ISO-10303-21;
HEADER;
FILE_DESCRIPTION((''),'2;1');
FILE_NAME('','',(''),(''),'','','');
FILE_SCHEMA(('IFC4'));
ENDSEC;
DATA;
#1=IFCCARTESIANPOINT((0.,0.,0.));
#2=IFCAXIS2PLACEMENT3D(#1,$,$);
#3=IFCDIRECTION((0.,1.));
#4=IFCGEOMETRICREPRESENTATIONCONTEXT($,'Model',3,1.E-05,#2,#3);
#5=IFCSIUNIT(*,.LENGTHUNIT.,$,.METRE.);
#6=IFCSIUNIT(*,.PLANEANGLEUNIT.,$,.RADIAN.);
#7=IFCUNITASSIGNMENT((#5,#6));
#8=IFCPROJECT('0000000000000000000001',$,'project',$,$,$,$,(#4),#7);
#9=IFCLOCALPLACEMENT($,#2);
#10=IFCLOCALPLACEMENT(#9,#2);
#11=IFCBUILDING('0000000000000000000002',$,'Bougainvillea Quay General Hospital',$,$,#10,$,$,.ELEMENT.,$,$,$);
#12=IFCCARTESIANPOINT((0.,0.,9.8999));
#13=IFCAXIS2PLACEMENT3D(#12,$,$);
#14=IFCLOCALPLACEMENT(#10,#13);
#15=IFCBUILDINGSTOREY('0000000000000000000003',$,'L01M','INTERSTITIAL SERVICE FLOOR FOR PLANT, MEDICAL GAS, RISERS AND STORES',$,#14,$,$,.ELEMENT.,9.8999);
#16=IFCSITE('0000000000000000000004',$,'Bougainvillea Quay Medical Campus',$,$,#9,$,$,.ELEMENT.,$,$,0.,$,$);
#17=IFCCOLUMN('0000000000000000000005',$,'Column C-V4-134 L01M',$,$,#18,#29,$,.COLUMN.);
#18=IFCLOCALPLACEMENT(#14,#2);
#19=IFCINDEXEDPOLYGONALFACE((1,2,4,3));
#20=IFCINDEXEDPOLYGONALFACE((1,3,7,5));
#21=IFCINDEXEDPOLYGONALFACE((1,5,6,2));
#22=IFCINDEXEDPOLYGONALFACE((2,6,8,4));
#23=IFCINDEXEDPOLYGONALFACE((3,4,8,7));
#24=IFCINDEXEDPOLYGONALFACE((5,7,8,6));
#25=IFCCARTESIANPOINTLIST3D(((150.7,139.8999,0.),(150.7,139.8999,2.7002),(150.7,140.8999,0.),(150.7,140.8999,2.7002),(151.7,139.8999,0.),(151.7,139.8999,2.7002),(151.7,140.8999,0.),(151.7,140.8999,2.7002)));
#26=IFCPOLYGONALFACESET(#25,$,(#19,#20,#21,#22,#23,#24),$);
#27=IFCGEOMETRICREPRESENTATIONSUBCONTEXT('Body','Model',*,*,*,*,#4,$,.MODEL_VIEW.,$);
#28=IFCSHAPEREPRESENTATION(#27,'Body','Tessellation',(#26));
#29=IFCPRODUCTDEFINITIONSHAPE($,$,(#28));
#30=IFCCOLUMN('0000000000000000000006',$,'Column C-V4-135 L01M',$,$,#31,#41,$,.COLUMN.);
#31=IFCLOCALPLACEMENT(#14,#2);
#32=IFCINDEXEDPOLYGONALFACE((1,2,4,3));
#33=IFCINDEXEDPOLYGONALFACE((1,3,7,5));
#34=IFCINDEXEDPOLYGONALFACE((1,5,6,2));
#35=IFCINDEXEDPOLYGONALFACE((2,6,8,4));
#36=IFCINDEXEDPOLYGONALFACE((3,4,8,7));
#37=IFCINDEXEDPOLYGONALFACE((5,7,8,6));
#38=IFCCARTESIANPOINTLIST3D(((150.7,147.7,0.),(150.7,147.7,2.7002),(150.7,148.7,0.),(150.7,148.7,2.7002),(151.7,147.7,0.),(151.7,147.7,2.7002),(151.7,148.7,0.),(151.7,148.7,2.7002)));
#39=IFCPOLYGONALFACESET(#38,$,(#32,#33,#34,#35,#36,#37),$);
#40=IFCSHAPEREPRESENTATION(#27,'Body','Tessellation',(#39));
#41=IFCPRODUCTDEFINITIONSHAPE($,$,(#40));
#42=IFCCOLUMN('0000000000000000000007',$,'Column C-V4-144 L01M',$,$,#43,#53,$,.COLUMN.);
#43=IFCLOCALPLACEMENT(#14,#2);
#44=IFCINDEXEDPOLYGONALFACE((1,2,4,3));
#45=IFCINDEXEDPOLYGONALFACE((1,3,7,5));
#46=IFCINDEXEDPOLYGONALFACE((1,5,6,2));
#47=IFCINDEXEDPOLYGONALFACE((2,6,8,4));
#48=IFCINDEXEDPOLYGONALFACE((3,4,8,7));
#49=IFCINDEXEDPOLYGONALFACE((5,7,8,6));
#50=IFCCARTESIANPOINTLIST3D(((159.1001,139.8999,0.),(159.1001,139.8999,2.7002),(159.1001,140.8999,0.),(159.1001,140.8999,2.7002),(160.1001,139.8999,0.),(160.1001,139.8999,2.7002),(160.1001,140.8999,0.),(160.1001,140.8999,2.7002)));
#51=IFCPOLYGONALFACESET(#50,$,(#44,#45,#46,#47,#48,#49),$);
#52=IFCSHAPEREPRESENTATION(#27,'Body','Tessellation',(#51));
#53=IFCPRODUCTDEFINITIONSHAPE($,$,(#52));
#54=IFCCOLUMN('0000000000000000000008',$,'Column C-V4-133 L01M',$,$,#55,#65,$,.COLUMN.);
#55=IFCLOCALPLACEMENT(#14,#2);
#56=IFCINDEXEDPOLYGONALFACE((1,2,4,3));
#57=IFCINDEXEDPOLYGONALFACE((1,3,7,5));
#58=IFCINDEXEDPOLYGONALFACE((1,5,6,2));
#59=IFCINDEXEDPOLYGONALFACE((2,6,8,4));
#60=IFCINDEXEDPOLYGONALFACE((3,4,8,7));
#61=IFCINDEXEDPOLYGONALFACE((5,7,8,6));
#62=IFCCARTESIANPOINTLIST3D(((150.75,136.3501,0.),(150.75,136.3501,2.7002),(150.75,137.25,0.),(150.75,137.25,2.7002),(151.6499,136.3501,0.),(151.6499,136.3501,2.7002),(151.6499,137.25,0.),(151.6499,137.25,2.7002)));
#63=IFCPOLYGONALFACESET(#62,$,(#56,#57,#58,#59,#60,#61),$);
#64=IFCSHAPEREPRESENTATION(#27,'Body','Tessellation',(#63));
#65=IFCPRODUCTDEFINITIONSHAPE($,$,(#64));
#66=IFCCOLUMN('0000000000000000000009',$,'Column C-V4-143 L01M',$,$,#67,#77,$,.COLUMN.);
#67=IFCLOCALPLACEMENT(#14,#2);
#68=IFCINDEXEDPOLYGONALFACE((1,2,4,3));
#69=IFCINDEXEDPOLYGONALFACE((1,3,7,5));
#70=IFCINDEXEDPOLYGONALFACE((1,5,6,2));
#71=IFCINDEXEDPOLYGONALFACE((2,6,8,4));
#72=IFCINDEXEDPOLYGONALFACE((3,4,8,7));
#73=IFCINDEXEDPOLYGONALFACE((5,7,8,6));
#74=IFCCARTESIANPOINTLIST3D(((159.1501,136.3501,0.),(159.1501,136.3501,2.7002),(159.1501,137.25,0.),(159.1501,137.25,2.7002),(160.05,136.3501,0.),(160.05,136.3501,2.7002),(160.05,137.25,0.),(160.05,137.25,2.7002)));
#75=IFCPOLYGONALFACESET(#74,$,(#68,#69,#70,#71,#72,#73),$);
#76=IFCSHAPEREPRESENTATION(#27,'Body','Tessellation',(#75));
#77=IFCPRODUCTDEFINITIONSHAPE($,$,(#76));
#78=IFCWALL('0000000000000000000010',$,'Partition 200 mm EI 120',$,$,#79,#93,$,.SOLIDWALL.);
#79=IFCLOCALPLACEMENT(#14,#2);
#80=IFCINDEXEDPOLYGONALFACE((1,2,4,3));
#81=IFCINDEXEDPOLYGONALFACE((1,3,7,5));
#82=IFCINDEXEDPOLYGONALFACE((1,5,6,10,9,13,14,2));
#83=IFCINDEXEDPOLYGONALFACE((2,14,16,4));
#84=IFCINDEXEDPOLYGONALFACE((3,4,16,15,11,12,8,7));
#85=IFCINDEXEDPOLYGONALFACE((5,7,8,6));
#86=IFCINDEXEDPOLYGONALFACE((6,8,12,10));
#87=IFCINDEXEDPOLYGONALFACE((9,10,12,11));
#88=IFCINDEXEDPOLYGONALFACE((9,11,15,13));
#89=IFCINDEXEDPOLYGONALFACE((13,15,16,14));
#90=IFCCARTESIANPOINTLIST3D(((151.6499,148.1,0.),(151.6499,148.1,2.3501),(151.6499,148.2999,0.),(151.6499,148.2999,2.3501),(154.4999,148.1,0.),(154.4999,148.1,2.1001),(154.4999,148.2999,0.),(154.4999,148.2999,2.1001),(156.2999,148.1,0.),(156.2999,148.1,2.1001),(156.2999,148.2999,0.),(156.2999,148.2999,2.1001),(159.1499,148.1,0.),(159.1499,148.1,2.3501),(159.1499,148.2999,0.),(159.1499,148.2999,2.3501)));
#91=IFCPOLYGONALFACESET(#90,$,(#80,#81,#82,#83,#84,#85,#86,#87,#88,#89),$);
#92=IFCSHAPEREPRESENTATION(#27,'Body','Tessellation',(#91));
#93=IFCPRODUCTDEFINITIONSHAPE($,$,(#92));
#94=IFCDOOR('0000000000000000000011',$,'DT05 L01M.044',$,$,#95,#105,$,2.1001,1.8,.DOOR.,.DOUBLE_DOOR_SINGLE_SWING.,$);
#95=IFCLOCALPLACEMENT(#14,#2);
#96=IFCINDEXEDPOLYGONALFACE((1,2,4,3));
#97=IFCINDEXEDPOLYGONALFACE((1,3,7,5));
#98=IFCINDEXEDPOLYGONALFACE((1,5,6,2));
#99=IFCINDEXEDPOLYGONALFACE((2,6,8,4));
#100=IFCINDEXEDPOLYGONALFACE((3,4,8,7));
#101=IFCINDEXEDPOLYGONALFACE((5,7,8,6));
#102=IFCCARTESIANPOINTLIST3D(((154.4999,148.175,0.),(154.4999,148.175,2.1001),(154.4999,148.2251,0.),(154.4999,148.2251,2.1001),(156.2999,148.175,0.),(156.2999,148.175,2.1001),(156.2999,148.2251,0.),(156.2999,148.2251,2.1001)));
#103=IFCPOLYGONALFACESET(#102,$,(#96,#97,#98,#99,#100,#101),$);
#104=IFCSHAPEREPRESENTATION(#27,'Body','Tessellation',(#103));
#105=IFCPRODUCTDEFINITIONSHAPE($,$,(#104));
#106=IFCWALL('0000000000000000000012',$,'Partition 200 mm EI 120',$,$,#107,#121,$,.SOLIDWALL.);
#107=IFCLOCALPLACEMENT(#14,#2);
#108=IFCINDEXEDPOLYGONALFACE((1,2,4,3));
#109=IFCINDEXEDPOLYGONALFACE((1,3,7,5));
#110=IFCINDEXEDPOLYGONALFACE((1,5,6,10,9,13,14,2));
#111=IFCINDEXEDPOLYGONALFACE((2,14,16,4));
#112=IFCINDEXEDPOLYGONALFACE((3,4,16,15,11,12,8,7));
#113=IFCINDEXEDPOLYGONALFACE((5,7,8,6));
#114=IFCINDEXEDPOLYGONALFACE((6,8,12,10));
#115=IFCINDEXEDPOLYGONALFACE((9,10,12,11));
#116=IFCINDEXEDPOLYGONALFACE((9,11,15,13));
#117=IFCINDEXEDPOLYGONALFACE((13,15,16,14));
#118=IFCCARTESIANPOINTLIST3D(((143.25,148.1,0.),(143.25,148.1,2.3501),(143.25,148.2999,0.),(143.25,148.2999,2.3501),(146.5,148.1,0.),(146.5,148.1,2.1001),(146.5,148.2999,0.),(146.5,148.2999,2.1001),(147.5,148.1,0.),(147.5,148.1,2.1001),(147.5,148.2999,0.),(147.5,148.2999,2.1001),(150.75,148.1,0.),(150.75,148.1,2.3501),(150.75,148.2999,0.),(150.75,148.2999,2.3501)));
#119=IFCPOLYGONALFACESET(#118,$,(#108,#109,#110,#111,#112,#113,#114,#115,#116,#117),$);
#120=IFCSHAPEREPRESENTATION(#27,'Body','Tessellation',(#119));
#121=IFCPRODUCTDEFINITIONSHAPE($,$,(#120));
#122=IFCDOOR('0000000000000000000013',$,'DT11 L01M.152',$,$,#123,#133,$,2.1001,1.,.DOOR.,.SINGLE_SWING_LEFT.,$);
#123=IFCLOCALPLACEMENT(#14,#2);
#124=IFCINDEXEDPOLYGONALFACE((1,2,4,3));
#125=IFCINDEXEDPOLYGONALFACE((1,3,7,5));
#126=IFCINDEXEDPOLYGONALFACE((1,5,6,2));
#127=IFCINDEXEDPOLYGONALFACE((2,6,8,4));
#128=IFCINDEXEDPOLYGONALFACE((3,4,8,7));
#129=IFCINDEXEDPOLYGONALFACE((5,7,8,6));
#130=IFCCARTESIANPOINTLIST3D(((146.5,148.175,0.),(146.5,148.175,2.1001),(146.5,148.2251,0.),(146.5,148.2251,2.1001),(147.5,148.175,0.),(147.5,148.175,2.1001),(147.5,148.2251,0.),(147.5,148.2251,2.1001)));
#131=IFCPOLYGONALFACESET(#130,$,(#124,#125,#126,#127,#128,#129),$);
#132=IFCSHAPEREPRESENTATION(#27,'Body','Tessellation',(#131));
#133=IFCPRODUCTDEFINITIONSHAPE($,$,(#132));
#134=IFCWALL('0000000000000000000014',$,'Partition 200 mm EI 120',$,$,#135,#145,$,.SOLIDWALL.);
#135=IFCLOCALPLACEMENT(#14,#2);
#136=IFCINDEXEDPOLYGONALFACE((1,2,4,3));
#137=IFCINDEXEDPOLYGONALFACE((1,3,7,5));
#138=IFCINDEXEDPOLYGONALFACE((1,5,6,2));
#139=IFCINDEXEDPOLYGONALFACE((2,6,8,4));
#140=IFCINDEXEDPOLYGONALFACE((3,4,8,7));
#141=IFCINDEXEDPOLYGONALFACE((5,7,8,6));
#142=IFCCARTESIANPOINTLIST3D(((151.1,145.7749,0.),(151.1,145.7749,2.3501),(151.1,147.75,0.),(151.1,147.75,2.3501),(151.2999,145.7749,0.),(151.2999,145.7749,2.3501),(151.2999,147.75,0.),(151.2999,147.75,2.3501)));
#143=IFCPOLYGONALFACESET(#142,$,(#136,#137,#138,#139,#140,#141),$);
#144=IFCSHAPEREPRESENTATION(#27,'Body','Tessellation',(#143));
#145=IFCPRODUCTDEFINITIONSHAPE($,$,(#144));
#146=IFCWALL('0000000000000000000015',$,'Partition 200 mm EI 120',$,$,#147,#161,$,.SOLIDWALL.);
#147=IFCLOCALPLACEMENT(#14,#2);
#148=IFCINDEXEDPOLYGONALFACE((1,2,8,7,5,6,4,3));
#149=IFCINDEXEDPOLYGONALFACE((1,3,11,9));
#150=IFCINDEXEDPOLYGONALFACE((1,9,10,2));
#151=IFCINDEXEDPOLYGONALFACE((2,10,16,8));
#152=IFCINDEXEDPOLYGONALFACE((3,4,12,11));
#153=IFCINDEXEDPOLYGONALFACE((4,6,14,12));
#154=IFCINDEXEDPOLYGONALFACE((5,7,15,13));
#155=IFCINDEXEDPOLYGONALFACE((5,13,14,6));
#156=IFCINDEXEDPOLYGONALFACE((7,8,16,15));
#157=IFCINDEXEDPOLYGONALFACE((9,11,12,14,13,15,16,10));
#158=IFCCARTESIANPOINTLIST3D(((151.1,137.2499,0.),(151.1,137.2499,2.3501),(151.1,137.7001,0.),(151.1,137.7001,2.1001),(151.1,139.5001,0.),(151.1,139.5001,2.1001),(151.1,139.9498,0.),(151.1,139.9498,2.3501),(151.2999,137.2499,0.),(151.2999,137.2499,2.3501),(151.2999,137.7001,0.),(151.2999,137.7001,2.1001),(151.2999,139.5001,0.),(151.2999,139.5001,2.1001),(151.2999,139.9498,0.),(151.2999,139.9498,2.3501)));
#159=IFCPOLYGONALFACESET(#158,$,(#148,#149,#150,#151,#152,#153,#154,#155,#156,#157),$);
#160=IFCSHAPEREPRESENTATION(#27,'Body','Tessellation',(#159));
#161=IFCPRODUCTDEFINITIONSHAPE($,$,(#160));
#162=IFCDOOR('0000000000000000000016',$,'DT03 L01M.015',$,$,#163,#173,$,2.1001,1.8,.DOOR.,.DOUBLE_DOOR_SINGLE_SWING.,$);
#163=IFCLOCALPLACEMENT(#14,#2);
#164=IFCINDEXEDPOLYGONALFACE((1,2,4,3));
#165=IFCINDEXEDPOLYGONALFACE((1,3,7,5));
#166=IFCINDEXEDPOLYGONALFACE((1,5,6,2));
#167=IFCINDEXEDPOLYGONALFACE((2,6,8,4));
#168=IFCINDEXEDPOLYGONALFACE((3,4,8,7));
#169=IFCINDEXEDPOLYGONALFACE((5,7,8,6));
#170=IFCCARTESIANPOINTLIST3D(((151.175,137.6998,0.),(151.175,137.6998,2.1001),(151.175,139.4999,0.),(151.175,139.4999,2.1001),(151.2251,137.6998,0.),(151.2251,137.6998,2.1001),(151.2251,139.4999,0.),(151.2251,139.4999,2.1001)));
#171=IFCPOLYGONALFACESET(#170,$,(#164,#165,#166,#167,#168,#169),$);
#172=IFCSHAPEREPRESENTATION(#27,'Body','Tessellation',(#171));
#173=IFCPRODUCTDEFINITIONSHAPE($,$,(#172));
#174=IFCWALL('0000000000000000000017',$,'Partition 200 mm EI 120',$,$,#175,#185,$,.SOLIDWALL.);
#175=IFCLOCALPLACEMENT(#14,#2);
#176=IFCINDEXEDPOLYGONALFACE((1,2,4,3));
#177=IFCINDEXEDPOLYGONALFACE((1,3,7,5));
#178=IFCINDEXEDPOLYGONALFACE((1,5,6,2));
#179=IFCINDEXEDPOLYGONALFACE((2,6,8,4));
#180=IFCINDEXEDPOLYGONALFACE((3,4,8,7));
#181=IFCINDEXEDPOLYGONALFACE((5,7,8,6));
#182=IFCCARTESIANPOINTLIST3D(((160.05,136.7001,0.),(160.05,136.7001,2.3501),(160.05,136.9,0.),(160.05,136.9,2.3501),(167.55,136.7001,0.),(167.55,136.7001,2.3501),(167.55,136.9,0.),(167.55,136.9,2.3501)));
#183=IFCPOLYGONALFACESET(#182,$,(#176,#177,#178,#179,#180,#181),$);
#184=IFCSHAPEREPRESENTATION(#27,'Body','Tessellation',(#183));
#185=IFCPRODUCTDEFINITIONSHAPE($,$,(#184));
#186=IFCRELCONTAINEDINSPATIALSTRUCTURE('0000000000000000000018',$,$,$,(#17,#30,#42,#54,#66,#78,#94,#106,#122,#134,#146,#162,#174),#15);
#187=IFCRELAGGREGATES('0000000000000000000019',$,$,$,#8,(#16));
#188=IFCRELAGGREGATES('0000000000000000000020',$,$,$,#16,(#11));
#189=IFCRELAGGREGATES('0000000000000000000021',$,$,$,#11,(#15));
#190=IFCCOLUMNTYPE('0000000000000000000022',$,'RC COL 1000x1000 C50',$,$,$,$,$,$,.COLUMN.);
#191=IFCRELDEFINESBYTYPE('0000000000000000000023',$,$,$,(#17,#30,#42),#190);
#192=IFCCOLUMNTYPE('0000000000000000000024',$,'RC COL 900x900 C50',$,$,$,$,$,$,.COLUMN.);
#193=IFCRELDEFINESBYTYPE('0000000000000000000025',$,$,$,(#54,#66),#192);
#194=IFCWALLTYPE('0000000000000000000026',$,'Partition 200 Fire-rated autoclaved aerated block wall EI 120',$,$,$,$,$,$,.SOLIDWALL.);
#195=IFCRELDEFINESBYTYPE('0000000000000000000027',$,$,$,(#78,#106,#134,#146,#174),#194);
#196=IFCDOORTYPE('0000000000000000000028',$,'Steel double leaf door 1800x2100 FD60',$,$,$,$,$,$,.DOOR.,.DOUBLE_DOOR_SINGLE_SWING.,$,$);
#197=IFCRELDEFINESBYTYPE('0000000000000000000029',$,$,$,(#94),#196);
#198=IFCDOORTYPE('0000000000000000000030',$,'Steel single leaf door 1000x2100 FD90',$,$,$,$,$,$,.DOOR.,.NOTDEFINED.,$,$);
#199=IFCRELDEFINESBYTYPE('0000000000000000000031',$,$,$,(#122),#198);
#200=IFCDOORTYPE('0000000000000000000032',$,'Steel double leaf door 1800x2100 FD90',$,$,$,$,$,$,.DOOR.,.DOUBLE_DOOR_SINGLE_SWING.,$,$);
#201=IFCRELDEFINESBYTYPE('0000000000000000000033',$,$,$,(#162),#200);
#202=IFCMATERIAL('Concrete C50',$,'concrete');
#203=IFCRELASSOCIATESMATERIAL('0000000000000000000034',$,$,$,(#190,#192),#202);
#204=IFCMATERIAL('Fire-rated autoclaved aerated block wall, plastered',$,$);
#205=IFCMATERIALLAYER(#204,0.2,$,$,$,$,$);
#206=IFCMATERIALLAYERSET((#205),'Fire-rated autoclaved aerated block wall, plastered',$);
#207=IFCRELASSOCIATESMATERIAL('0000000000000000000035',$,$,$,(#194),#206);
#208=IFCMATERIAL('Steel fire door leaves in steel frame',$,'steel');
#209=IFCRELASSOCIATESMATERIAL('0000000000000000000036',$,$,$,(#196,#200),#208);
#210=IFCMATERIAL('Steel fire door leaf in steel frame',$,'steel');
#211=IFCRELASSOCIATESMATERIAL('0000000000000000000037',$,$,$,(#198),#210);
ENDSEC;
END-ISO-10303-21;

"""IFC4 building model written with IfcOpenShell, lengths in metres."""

from ifc_helpers import new_model, si_unit, direction, frame, frame_2d, origin, origin_2d, place, context, subcontext, project, spatial, rectangle, extrude, material, layer, layer_set, material_profile, profile_set, type_object, element, fill, save


model = new_model("IFC4")

# Units and contexts
model_context = context("Model", 3, precision=1e-05, world=origin(), true_north=direction((0.0, 1.0)))
body_context = subcontext(model_context, "Body", "Model", "MODEL_VIEW")
ifc_project = project(units=[si_unit("LENGTHUNIT", "METRE"), si_unit("PLANEANGLEUNIT", "RADIAN")], contexts=[model_context])

# Site, building, storey
site_placement = place(None, origin())
site = spatial("IfcSite", under=ifc_project, at=site_placement, Name="Bougainvillea Quay Medical Campus", CompositionType="ELEMENT", RefElevation=0.0)
building_placement = place(site_placement, origin())
building = spatial("IfcBuilding", under=site, at=building_placement, Name="Bougainvillea Quay General Hospital", CompositionType="ELEMENT")
storey_placement = place(building_placement, frame((0.0, 0.0, 9.8999)))
storey = spatial("IfcBuildingStorey", under=building, at=storey_placement, Name="L01M", Description="INTERSTITIAL SERVICE FLOOR FOR PLANT, MEDICAL GAS, RISERS AND STORES", CompositionType="ELEMENT", Elevation=9.8999)

# Columns
ifc_material_1 = material(Name="Concrete C50", Category="concrete")
ifc_material_profile_1 = material_profile(ifc_material_1, rectangle(XDim=1.0, YDim=1.0, at=origin_2d()))
ifc_profile_set_1 = profile_set([ifc_material_profile_1], Name="Concrete C50")
column_type_1 = type_object("IfcColumnType", Name="RC COL 1000x1000 C50", PredefinedType="COLUMN", material=ifc_profile_set_1)
for number, where, z_axis, x_axis, name in (
    (1, (151.2, 140.3999, 0.0), (0.0, 0.0, 1.0), (1.0, 0.0, 0.0), "Column C-V4-134 L01M"),
    (2, (151.2, 148.2, 0.0), (0.0, 0.0, 1.0), (1.0, 0.0, 0.0), "Column C-V4-135 L01M"),
    (3, (159.6001, 140.3999, 0.0), (0.0, 0.0, 1.0), (1.0, 0.0, 0.0), "Column C-V4-144 L01M"),
):
    element("IfcColumn", number, at=place(storey_placement, frame(where, z_axis=z_axis, x_axis=x_axis)), inside=storey, type_object=column_type_1, Name=name, PredefinedType="COLUMN", context=body_context, shape_type="SweptSolid", body=[
        extrude(rectangle(XDim=1.0, YDim=1.0, at=origin_2d()), origin(), (0.0, 0.0, 1.0), 2.7002),
    ])
ifc_material_profile_2 = material_profile(ifc_material_1, rectangle(XDim=0.8999, YDim=0.8999, at=origin_2d()))
ifc_profile_set_2 = profile_set([ifc_material_profile_2], Name="Concrete C50")
column_type_2 = type_object("IfcColumnType", Name="RC COL 900x900 C50", PredefinedType="COLUMN", material=ifc_profile_set_2)
for number, where, z_axis, x_axis, name in (
    (4, (151.2, 136.8, 0.0), (0.0, 0.0, 1.0), (1.0, 0.0, 0.0), "Column C-V4-133 L01M"),
    (5, (159.6001, 136.8, 0.0), (0.0, 0.0, 1.0), (1.0, 0.0, 0.0), "Column C-V4-143 L01M"),
):
    element("IfcColumn", number, at=place(storey_placement, frame(where, z_axis=z_axis, x_axis=x_axis)), inside=storey, type_object=column_type_2, Name=name, PredefinedType="COLUMN", context=body_context, shape_type="SweptSolid", body=[
        extrude(rectangle(XDim=0.8999, YDim=0.8999, at=origin_2d()), origin(), (0.0, 0.0, 1.0), 2.7002),
    ])

# Walls, openings, doors
ifc_material_2 = material(Name="Fire-rated autoclaved aerated block wall, plastered")
ifc_layer_1 = layer(ifc_material_2, 0.2)
ifc_layer_set_1 = layer_set([ifc_layer_1], Name="Fire-rated autoclaved aerated block wall, plastered")
wall_type_1 = type_object("IfcWallType", Name="Partition 200 Fire-rated autoclaved aerated block wall EI 120", PredefinedType="SOLIDWALL", material=ifc_layer_set_1)
wall_1_placement = place(storey_placement, frame((159.1499, 148.2, 0.0), z_axis=(0.0, 0.0, 1.0), x_axis=(-1.0, 0.0, 0.0)))
wall_1 = element("IfcWall", 6, at=wall_1_placement, inside=storey, type_object=wall_type_1, Name="Partition 200 mm EI 120", PredefinedType="SOLIDWALL", context=body_context, shape_type="SweptSolid", body=[
    extrude(rectangle(XDim=7.5, YDim=0.2, at=frame_2d((3.75, 0.0))), origin(), (0.0, 0.0, 1.0), 2.3501),
])
opening_1_placement = place(wall_1_placement, frame((2.8501, 0.0, 0.0)))
opening_1 = element("IfcOpeningElement", 7, at=opening_1_placement, cuts=wall_1, PredefinedType="OPENING", context=body_context, shape_type="SweptSolid", body=[
    extrude(rectangle(XDim=1.8, YDim=2.1001, at=frame_2d((0.8999, 1.05))), frame((0.0, 0.1099, 0.0), z_axis=(0.0, -1.0, 0.0), x_axis=(1.0, 0.0, 0.0)), (0.0, 0.0, 1.0), 0.22),
])
ifc_material_3 = material(Name="Steel fire door leaves in steel frame", Category="steel")
door_type_1 = type_object("IfcDoorType", Name="Steel double leaf door 1800x2100 FD60", OperationType="DOUBLE_DOOR_SINGLE_SWING", PredefinedType="DOOR", material=ifc_material_3)
door_1_placement = place(opening_1_placement, origin())
door_1 = element("IfcDoor", 8, at=door_1_placement, inside=storey, type_object=door_type_1, Name="DT05 L01M.044", OperationType="DOUBLE_DOOR_SINGLE_SWING", OverallHeight=2.1001, OverallWidth=1.8, PredefinedType="DOOR", context=body_context, shape_type="SweptSolid", body=[
    extrude(rectangle(XDim=1.8, YDim=2.1001, at=frame_2d((0.8999, 1.05))), frame((0.0, 0.0249, 0.0), z_axis=(0.0, -1.0, 0.0), x_axis=(1.0, 0.0, 0.0)), (0.0, 0.0, 1.0), 0.05),
])
fill(opening_1, door_1)
wall_2_placement = place(storey_placement, frame((150.75, 148.2, 0.0), z_axis=(0.0, 0.0, 1.0), x_axis=(-1.0, 0.0, 0.0)))
wall_2 = element("IfcWall", 9, at=wall_2_placement, inside=storey, type_object=wall_type_1, Name="Partition 200 mm EI 120", PredefinedType="SOLIDWALL", context=body_context, shape_type="SweptSolid", body=[
    extrude(rectangle(XDim=7.5, YDim=0.2, at=frame_2d((3.75, 0.0))), origin(), (0.0, 0.0, 1.0), 2.3501),
])
opening_2_placement = place(wall_2_placement, frame((3.25, 0.0, 0.0)))
opening_2 = element("IfcOpeningElement", 10, at=opening_2_placement, cuts=wall_2, PredefinedType="OPENING", context=body_context, shape_type="SweptSolid", body=[
    extrude(rectangle(XDim=1.0, YDim=2.1001, at=frame_2d((0.5, 1.05))), frame((0.0, 0.1099, 0.0), z_axis=(0.0, -1.0, 0.0), x_axis=(1.0, 0.0, 0.0)), (0.0, 0.0, 1.0), 0.22),
])
ifc_material_4 = material(Name="Steel fire door leaf in steel frame", Category="steel")
door_type_2 = type_object("IfcDoorType", Name="Steel single leaf door 1000x2100 FD90", OperationType="NOTDEFINED", PredefinedType="DOOR", material=ifc_material_4)
door_2_placement = place(opening_2_placement, origin())
door_2 = element("IfcDoor", 11, at=door_2_placement, inside=storey, type_object=door_type_2, Name="DT11 L01M.152", OperationType="SINGLE_SWING_LEFT", OverallHeight=2.1001, OverallWidth=1.0, PredefinedType="DOOR", context=body_context, shape_type="SweptSolid", body=[
    extrude(rectangle(XDim=1.0, YDim=2.1001, at=frame_2d((0.5, 1.05))), frame((0.0, 0.0249, 0.0), z_axis=(0.0, -1.0, 0.0), x_axis=(1.0, 0.0, 0.0)), (0.0, 0.0, 1.0), 0.05),
])
fill(opening_2, door_2)

# Wall
wall_3_placement = place(storey_placement, frame((151.2, 147.75, 0.0), z_axis=(0.0, 0.0, 1.0), x_axis=(0.0, -1.0, 0.0)))
element("IfcWall", 12, at=wall_3_placement, inside=storey, type_object=wall_type_1, Name="Partition 200 mm EI 120", PredefinedType="SOLIDWALL", context=body_context, shape_type="SweptSolid", body=[
    extrude(rectangle(XDim=1.9751, YDim=0.2, at=frame_2d((0.9875, 0.0))), origin(), (0.0, 0.0, 1.0), 2.3501),
])

# Wall, opening, door
wall_4_placement = place(storey_placement, frame((151.2, 139.95, 0.0), z_axis=(0.0, 0.0, 1.0), x_axis=(0.0, -1.0, 0.0)))
wall_4 = element("IfcWall", 13, at=wall_4_placement, inside=storey, type_object=wall_type_1, Name="Partition 200 mm EI 120", PredefinedType="SOLIDWALL", context=body_context, shape_type="SweptSolid", body=[
    extrude(rectangle(XDim=2.7, YDim=0.2, at=frame_2d((1.3501, 0.0))), origin(), (0.0, 0.0, 1.0), 2.3501),
])
opening_3_placement = place(wall_4_placement, frame((0.45, 0.0, 0.0)))
opening_3 = element("IfcOpeningElement", 14, at=opening_3_placement, cuts=wall_4, PredefinedType="OPENING", context=body_context, shape_type="SweptSolid", body=[
    extrude(rectangle(XDim=1.8, YDim=2.1001, at=frame_2d((0.8999, 1.05))), frame((0.0, 0.1099, 0.0), z_axis=(0.0, -1.0, 0.0), x_axis=(1.0, 0.0, 0.0)), (0.0, 0.0, 1.0), 0.22),
])
door_type_3 = type_object("IfcDoorType", Name="Steel double leaf door 1800x2100 FD90", OperationType="DOUBLE_DOOR_SINGLE_SWING", PredefinedType="DOOR", material=ifc_material_3)
door_3_placement = place(opening_3_placement, frame((1.8, 0.0, 0.0), z_axis=(0.0, 0.0, 1.0), x_axis=(-1.0, 0.0, 0.0)))
door_3 = element("IfcDoor", 15, at=door_3_placement, inside=storey, type_object=door_type_3, Name="DT03 L01M.015", OperationType="DOUBLE_DOOR_SINGLE_SWING", OverallHeight=2.1001, OverallWidth=1.8, PredefinedType="DOOR", context=body_context, shape_type="SweptSolid", body=[
    extrude(rectangle(XDim=1.8, YDim=2.1001, at=frame_2d((0.8999, 1.05))), frame((0.0, 0.0249, 0.0), z_axis=(0.0, -1.0, 0.0), x_axis=(1.0, 0.0, 0.0)), (0.0, 0.0, 1.0), 0.05),
])
fill(opening_3, door_3)

# Wall
wall_5_placement = place(storey_placement, frame((167.55, 136.8, 0.0), z_axis=(0.0, 0.0, 1.0), x_axis=(-1.0, 0.0, 0.0)))
element("IfcWall", 16, at=wall_5_placement, inside=storey, type_object=wall_type_1, Name="Partition 200 mm EI 120", PredefinedType="SOLIDWALL", context=body_context, shape_type="SweptSolid", body=[
    extrude(rectangle(XDim=7.5, YDim=0.2, at=frame_2d((3.75, 0.0))), origin(), (0.0, 0.0, 1.0), 2.3501),
])

save(model, "model.ifc")
